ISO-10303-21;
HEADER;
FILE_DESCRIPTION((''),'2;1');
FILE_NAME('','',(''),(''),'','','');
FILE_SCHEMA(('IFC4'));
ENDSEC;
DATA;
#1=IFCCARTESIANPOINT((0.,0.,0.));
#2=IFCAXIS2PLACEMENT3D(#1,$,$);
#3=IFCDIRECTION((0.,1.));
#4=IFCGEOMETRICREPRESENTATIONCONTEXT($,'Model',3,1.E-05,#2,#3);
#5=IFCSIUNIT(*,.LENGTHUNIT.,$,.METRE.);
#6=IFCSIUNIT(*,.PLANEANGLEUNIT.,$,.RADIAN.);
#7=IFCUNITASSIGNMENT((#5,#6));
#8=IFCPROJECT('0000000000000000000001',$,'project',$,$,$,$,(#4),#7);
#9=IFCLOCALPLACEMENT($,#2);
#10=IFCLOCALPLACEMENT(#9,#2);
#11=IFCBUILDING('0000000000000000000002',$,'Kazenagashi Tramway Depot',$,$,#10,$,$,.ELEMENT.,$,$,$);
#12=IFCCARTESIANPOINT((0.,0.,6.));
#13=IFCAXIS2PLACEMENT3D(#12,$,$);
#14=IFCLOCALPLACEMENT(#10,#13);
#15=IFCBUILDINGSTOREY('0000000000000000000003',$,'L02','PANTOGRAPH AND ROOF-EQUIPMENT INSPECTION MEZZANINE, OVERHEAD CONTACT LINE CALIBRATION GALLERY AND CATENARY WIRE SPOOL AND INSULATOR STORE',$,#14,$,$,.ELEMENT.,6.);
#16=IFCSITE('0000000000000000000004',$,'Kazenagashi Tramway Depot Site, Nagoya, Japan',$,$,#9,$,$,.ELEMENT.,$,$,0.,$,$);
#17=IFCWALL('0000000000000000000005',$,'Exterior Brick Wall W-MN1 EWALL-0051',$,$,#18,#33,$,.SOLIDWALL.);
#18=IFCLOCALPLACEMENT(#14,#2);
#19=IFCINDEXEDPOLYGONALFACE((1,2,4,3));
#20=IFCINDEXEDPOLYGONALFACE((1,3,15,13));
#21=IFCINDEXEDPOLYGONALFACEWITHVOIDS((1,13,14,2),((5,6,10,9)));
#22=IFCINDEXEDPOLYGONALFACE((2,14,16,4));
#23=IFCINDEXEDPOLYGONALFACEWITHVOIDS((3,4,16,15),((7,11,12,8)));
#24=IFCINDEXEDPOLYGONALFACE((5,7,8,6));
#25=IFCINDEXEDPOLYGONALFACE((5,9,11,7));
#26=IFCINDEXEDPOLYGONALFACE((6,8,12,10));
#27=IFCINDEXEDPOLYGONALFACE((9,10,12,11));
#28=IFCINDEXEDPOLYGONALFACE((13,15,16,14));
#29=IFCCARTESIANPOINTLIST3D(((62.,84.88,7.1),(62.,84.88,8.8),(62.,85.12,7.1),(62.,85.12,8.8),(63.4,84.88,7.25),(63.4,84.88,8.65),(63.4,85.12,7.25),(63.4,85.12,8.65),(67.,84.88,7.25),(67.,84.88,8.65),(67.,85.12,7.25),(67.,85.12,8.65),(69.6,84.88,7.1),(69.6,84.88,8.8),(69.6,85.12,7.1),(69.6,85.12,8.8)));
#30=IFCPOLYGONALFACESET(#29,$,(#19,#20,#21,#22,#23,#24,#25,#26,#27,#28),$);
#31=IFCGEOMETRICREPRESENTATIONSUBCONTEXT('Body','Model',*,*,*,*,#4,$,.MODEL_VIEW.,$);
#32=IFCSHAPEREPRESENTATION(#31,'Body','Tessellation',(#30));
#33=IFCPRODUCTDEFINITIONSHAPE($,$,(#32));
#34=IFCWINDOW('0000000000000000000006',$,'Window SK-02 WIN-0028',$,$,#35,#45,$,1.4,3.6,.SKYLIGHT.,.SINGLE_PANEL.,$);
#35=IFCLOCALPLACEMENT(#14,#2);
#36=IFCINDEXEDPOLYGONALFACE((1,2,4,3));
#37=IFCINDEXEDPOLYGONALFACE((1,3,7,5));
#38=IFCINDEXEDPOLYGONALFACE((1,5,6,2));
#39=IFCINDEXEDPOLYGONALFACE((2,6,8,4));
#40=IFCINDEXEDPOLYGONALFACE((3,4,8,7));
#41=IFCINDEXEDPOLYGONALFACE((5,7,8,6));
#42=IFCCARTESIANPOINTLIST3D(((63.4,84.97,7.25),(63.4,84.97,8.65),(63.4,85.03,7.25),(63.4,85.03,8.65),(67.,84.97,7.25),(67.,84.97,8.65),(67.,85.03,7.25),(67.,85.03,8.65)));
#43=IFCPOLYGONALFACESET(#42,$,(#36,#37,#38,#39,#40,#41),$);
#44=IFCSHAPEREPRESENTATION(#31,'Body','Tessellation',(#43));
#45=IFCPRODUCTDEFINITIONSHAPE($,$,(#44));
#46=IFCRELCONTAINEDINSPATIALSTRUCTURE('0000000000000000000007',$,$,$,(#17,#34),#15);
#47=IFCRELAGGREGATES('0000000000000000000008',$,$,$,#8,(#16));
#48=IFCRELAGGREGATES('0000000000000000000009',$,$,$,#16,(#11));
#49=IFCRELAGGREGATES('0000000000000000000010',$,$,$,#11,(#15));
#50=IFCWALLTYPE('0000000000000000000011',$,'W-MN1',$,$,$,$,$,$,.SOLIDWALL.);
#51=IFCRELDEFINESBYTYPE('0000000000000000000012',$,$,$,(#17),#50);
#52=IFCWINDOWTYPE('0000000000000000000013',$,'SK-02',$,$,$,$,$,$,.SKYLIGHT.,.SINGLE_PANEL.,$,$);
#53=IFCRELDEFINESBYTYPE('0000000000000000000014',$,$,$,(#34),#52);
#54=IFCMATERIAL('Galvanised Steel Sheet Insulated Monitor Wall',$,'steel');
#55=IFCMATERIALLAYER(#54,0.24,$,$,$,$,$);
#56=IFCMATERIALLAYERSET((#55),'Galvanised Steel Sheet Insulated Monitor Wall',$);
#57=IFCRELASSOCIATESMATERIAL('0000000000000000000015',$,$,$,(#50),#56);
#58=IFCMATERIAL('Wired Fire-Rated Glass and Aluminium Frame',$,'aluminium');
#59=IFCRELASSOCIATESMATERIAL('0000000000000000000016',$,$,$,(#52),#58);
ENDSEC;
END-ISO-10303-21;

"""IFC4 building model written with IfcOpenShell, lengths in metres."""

from ifc_helpers import new_model, si_unit, direction, frame, frame_2d, origin, place, context, subcontext, project, spatial, rectangle, extrude, material, layer, layer_set, type_object, element, fill, save


model = new_model("IFC4")

# Units and contexts
model_context = context("Model", 3, precision=1e-05, world=origin(), true_north=direction((0.0, 1.0)))
body_context = subcontext(model_context, "Body", "Model", "MODEL_VIEW")
ifc_project = project(units=[si_unit("LENGTHUNIT", "METRE"), si_unit("PLANEANGLEUNIT", "RADIAN")], contexts=[model_context])

# Site, building, storey
site_placement = place(None, origin())
site = spatial("IfcSite", under=ifc_project, at=site_placement, Name="Kazenagashi Tramway Depot Site, Nagoya, Japan", CompositionType="ELEMENT", RefElevation=0.0)
building_placement = place(site_placement, origin())
building = spatial("IfcBuilding", under=site, at=building_placement, Name="Kazenagashi Tramway Depot", CompositionType="ELEMENT")
storey_placement = place(building_placement, frame((0.0, 0.0, 6.0)))
storey = spatial("IfcBuildingStorey", under=building, at=storey_placement, Name="L02", Description="PANTOGRAPH AND ROOF-EQUIPMENT INSPECTION MEZZANINE, OVERHEAD CONTACT LINE CALIBRATION GALLERY AND CATENARY WIRE SPOOL AND INSULATOR STORE", CompositionType="ELEMENT", Elevation=6.0)

# Wall, opening, window
ifc_material_1 = material(Name="Galvanised Steel Sheet Insulated Monitor Wall", Category="steel")
ifc_layer_1 = layer(ifc_material_1, 0.24)
ifc_layer_set_1 = layer_set([ifc_layer_1], Name="Galvanised Steel Sheet Insulated Monitor Wall")
wall_type_1 = type_object("IfcWallType", Name="W-MN1", PredefinedType="SOLIDWALL", material=ifc_layer_set_1)
wall_1_placement = place(storey_placement, frame((62.0, 85.0, 7.1), z_axis=(0.0, 0.0, 1.0), x_axis=(1.0, 0.0, 0.0)))
wall_1 = element("IfcWall", 1, at=wall_1_placement, inside=storey, type_object=wall_type_1, Name="Exterior Brick Wall W-MN1 EWALL-0051", PredefinedType="SOLIDWALL", context=body_context, shape_type="SweptSolid", body=[
    extrude(rectangle(XDim=7.6, YDim=0.24, at=frame_2d((3.8, 0.0))), origin(), (0.0, 0.0, 1.0), 1.7),
])
opening_placement = place(wall_1_placement, frame((1.4, 0.0, 0.15)))
opening = element("IfcOpeningElement", 2, at=opening_placement, cuts=wall_1, PredefinedType="OPENING", context=body_context, shape_type="SweptSolid", body=[
    extrude(rectangle(XDim=3.6, YDim=1.4, at=frame_2d((1.8, 0.7))), frame((0.0, 0.13, 0.0), z_axis=(0.0, -1.0, 0.0), x_axis=(1.0, 0.0, 0.0)), (0.0, 0.0, 1.0), 0.26),
])
ifc_material_2 = material(Name="Wired Fire-Rated Glass and Aluminium Frame", Category="aluminium")
window_type = type_object("IfcWindowType", Name="SK-02", PartitioningType="SINGLE_PANEL", PredefinedType="SKYLIGHT", material=ifc_material_2)
window_placement = place(opening_placement, origin())
window = element("IfcWindow", 3, at=window_placement, inside=storey, type_object=window_type, Name="Window SK-02 WIN-0028", OverallHeight=1.4, OverallWidth=3.6, PartitioningType="SINGLE_PANEL", PredefinedType="SKYLIGHT", context=body_context, shape_type="SweptSolid", body=[
    extrude(rectangle(XDim=3.6, YDim=1.4, at=frame_2d((1.8, 0.7))), frame((0.0, 0.03, 0.0), z_axis=(0.0, -1.0, 0.0), x_axis=(1.0, 0.0, 0.0)), (0.0, 0.0, 1.0), 0.06),
])
fill(opening, window)

save(model, "model.ifc")
